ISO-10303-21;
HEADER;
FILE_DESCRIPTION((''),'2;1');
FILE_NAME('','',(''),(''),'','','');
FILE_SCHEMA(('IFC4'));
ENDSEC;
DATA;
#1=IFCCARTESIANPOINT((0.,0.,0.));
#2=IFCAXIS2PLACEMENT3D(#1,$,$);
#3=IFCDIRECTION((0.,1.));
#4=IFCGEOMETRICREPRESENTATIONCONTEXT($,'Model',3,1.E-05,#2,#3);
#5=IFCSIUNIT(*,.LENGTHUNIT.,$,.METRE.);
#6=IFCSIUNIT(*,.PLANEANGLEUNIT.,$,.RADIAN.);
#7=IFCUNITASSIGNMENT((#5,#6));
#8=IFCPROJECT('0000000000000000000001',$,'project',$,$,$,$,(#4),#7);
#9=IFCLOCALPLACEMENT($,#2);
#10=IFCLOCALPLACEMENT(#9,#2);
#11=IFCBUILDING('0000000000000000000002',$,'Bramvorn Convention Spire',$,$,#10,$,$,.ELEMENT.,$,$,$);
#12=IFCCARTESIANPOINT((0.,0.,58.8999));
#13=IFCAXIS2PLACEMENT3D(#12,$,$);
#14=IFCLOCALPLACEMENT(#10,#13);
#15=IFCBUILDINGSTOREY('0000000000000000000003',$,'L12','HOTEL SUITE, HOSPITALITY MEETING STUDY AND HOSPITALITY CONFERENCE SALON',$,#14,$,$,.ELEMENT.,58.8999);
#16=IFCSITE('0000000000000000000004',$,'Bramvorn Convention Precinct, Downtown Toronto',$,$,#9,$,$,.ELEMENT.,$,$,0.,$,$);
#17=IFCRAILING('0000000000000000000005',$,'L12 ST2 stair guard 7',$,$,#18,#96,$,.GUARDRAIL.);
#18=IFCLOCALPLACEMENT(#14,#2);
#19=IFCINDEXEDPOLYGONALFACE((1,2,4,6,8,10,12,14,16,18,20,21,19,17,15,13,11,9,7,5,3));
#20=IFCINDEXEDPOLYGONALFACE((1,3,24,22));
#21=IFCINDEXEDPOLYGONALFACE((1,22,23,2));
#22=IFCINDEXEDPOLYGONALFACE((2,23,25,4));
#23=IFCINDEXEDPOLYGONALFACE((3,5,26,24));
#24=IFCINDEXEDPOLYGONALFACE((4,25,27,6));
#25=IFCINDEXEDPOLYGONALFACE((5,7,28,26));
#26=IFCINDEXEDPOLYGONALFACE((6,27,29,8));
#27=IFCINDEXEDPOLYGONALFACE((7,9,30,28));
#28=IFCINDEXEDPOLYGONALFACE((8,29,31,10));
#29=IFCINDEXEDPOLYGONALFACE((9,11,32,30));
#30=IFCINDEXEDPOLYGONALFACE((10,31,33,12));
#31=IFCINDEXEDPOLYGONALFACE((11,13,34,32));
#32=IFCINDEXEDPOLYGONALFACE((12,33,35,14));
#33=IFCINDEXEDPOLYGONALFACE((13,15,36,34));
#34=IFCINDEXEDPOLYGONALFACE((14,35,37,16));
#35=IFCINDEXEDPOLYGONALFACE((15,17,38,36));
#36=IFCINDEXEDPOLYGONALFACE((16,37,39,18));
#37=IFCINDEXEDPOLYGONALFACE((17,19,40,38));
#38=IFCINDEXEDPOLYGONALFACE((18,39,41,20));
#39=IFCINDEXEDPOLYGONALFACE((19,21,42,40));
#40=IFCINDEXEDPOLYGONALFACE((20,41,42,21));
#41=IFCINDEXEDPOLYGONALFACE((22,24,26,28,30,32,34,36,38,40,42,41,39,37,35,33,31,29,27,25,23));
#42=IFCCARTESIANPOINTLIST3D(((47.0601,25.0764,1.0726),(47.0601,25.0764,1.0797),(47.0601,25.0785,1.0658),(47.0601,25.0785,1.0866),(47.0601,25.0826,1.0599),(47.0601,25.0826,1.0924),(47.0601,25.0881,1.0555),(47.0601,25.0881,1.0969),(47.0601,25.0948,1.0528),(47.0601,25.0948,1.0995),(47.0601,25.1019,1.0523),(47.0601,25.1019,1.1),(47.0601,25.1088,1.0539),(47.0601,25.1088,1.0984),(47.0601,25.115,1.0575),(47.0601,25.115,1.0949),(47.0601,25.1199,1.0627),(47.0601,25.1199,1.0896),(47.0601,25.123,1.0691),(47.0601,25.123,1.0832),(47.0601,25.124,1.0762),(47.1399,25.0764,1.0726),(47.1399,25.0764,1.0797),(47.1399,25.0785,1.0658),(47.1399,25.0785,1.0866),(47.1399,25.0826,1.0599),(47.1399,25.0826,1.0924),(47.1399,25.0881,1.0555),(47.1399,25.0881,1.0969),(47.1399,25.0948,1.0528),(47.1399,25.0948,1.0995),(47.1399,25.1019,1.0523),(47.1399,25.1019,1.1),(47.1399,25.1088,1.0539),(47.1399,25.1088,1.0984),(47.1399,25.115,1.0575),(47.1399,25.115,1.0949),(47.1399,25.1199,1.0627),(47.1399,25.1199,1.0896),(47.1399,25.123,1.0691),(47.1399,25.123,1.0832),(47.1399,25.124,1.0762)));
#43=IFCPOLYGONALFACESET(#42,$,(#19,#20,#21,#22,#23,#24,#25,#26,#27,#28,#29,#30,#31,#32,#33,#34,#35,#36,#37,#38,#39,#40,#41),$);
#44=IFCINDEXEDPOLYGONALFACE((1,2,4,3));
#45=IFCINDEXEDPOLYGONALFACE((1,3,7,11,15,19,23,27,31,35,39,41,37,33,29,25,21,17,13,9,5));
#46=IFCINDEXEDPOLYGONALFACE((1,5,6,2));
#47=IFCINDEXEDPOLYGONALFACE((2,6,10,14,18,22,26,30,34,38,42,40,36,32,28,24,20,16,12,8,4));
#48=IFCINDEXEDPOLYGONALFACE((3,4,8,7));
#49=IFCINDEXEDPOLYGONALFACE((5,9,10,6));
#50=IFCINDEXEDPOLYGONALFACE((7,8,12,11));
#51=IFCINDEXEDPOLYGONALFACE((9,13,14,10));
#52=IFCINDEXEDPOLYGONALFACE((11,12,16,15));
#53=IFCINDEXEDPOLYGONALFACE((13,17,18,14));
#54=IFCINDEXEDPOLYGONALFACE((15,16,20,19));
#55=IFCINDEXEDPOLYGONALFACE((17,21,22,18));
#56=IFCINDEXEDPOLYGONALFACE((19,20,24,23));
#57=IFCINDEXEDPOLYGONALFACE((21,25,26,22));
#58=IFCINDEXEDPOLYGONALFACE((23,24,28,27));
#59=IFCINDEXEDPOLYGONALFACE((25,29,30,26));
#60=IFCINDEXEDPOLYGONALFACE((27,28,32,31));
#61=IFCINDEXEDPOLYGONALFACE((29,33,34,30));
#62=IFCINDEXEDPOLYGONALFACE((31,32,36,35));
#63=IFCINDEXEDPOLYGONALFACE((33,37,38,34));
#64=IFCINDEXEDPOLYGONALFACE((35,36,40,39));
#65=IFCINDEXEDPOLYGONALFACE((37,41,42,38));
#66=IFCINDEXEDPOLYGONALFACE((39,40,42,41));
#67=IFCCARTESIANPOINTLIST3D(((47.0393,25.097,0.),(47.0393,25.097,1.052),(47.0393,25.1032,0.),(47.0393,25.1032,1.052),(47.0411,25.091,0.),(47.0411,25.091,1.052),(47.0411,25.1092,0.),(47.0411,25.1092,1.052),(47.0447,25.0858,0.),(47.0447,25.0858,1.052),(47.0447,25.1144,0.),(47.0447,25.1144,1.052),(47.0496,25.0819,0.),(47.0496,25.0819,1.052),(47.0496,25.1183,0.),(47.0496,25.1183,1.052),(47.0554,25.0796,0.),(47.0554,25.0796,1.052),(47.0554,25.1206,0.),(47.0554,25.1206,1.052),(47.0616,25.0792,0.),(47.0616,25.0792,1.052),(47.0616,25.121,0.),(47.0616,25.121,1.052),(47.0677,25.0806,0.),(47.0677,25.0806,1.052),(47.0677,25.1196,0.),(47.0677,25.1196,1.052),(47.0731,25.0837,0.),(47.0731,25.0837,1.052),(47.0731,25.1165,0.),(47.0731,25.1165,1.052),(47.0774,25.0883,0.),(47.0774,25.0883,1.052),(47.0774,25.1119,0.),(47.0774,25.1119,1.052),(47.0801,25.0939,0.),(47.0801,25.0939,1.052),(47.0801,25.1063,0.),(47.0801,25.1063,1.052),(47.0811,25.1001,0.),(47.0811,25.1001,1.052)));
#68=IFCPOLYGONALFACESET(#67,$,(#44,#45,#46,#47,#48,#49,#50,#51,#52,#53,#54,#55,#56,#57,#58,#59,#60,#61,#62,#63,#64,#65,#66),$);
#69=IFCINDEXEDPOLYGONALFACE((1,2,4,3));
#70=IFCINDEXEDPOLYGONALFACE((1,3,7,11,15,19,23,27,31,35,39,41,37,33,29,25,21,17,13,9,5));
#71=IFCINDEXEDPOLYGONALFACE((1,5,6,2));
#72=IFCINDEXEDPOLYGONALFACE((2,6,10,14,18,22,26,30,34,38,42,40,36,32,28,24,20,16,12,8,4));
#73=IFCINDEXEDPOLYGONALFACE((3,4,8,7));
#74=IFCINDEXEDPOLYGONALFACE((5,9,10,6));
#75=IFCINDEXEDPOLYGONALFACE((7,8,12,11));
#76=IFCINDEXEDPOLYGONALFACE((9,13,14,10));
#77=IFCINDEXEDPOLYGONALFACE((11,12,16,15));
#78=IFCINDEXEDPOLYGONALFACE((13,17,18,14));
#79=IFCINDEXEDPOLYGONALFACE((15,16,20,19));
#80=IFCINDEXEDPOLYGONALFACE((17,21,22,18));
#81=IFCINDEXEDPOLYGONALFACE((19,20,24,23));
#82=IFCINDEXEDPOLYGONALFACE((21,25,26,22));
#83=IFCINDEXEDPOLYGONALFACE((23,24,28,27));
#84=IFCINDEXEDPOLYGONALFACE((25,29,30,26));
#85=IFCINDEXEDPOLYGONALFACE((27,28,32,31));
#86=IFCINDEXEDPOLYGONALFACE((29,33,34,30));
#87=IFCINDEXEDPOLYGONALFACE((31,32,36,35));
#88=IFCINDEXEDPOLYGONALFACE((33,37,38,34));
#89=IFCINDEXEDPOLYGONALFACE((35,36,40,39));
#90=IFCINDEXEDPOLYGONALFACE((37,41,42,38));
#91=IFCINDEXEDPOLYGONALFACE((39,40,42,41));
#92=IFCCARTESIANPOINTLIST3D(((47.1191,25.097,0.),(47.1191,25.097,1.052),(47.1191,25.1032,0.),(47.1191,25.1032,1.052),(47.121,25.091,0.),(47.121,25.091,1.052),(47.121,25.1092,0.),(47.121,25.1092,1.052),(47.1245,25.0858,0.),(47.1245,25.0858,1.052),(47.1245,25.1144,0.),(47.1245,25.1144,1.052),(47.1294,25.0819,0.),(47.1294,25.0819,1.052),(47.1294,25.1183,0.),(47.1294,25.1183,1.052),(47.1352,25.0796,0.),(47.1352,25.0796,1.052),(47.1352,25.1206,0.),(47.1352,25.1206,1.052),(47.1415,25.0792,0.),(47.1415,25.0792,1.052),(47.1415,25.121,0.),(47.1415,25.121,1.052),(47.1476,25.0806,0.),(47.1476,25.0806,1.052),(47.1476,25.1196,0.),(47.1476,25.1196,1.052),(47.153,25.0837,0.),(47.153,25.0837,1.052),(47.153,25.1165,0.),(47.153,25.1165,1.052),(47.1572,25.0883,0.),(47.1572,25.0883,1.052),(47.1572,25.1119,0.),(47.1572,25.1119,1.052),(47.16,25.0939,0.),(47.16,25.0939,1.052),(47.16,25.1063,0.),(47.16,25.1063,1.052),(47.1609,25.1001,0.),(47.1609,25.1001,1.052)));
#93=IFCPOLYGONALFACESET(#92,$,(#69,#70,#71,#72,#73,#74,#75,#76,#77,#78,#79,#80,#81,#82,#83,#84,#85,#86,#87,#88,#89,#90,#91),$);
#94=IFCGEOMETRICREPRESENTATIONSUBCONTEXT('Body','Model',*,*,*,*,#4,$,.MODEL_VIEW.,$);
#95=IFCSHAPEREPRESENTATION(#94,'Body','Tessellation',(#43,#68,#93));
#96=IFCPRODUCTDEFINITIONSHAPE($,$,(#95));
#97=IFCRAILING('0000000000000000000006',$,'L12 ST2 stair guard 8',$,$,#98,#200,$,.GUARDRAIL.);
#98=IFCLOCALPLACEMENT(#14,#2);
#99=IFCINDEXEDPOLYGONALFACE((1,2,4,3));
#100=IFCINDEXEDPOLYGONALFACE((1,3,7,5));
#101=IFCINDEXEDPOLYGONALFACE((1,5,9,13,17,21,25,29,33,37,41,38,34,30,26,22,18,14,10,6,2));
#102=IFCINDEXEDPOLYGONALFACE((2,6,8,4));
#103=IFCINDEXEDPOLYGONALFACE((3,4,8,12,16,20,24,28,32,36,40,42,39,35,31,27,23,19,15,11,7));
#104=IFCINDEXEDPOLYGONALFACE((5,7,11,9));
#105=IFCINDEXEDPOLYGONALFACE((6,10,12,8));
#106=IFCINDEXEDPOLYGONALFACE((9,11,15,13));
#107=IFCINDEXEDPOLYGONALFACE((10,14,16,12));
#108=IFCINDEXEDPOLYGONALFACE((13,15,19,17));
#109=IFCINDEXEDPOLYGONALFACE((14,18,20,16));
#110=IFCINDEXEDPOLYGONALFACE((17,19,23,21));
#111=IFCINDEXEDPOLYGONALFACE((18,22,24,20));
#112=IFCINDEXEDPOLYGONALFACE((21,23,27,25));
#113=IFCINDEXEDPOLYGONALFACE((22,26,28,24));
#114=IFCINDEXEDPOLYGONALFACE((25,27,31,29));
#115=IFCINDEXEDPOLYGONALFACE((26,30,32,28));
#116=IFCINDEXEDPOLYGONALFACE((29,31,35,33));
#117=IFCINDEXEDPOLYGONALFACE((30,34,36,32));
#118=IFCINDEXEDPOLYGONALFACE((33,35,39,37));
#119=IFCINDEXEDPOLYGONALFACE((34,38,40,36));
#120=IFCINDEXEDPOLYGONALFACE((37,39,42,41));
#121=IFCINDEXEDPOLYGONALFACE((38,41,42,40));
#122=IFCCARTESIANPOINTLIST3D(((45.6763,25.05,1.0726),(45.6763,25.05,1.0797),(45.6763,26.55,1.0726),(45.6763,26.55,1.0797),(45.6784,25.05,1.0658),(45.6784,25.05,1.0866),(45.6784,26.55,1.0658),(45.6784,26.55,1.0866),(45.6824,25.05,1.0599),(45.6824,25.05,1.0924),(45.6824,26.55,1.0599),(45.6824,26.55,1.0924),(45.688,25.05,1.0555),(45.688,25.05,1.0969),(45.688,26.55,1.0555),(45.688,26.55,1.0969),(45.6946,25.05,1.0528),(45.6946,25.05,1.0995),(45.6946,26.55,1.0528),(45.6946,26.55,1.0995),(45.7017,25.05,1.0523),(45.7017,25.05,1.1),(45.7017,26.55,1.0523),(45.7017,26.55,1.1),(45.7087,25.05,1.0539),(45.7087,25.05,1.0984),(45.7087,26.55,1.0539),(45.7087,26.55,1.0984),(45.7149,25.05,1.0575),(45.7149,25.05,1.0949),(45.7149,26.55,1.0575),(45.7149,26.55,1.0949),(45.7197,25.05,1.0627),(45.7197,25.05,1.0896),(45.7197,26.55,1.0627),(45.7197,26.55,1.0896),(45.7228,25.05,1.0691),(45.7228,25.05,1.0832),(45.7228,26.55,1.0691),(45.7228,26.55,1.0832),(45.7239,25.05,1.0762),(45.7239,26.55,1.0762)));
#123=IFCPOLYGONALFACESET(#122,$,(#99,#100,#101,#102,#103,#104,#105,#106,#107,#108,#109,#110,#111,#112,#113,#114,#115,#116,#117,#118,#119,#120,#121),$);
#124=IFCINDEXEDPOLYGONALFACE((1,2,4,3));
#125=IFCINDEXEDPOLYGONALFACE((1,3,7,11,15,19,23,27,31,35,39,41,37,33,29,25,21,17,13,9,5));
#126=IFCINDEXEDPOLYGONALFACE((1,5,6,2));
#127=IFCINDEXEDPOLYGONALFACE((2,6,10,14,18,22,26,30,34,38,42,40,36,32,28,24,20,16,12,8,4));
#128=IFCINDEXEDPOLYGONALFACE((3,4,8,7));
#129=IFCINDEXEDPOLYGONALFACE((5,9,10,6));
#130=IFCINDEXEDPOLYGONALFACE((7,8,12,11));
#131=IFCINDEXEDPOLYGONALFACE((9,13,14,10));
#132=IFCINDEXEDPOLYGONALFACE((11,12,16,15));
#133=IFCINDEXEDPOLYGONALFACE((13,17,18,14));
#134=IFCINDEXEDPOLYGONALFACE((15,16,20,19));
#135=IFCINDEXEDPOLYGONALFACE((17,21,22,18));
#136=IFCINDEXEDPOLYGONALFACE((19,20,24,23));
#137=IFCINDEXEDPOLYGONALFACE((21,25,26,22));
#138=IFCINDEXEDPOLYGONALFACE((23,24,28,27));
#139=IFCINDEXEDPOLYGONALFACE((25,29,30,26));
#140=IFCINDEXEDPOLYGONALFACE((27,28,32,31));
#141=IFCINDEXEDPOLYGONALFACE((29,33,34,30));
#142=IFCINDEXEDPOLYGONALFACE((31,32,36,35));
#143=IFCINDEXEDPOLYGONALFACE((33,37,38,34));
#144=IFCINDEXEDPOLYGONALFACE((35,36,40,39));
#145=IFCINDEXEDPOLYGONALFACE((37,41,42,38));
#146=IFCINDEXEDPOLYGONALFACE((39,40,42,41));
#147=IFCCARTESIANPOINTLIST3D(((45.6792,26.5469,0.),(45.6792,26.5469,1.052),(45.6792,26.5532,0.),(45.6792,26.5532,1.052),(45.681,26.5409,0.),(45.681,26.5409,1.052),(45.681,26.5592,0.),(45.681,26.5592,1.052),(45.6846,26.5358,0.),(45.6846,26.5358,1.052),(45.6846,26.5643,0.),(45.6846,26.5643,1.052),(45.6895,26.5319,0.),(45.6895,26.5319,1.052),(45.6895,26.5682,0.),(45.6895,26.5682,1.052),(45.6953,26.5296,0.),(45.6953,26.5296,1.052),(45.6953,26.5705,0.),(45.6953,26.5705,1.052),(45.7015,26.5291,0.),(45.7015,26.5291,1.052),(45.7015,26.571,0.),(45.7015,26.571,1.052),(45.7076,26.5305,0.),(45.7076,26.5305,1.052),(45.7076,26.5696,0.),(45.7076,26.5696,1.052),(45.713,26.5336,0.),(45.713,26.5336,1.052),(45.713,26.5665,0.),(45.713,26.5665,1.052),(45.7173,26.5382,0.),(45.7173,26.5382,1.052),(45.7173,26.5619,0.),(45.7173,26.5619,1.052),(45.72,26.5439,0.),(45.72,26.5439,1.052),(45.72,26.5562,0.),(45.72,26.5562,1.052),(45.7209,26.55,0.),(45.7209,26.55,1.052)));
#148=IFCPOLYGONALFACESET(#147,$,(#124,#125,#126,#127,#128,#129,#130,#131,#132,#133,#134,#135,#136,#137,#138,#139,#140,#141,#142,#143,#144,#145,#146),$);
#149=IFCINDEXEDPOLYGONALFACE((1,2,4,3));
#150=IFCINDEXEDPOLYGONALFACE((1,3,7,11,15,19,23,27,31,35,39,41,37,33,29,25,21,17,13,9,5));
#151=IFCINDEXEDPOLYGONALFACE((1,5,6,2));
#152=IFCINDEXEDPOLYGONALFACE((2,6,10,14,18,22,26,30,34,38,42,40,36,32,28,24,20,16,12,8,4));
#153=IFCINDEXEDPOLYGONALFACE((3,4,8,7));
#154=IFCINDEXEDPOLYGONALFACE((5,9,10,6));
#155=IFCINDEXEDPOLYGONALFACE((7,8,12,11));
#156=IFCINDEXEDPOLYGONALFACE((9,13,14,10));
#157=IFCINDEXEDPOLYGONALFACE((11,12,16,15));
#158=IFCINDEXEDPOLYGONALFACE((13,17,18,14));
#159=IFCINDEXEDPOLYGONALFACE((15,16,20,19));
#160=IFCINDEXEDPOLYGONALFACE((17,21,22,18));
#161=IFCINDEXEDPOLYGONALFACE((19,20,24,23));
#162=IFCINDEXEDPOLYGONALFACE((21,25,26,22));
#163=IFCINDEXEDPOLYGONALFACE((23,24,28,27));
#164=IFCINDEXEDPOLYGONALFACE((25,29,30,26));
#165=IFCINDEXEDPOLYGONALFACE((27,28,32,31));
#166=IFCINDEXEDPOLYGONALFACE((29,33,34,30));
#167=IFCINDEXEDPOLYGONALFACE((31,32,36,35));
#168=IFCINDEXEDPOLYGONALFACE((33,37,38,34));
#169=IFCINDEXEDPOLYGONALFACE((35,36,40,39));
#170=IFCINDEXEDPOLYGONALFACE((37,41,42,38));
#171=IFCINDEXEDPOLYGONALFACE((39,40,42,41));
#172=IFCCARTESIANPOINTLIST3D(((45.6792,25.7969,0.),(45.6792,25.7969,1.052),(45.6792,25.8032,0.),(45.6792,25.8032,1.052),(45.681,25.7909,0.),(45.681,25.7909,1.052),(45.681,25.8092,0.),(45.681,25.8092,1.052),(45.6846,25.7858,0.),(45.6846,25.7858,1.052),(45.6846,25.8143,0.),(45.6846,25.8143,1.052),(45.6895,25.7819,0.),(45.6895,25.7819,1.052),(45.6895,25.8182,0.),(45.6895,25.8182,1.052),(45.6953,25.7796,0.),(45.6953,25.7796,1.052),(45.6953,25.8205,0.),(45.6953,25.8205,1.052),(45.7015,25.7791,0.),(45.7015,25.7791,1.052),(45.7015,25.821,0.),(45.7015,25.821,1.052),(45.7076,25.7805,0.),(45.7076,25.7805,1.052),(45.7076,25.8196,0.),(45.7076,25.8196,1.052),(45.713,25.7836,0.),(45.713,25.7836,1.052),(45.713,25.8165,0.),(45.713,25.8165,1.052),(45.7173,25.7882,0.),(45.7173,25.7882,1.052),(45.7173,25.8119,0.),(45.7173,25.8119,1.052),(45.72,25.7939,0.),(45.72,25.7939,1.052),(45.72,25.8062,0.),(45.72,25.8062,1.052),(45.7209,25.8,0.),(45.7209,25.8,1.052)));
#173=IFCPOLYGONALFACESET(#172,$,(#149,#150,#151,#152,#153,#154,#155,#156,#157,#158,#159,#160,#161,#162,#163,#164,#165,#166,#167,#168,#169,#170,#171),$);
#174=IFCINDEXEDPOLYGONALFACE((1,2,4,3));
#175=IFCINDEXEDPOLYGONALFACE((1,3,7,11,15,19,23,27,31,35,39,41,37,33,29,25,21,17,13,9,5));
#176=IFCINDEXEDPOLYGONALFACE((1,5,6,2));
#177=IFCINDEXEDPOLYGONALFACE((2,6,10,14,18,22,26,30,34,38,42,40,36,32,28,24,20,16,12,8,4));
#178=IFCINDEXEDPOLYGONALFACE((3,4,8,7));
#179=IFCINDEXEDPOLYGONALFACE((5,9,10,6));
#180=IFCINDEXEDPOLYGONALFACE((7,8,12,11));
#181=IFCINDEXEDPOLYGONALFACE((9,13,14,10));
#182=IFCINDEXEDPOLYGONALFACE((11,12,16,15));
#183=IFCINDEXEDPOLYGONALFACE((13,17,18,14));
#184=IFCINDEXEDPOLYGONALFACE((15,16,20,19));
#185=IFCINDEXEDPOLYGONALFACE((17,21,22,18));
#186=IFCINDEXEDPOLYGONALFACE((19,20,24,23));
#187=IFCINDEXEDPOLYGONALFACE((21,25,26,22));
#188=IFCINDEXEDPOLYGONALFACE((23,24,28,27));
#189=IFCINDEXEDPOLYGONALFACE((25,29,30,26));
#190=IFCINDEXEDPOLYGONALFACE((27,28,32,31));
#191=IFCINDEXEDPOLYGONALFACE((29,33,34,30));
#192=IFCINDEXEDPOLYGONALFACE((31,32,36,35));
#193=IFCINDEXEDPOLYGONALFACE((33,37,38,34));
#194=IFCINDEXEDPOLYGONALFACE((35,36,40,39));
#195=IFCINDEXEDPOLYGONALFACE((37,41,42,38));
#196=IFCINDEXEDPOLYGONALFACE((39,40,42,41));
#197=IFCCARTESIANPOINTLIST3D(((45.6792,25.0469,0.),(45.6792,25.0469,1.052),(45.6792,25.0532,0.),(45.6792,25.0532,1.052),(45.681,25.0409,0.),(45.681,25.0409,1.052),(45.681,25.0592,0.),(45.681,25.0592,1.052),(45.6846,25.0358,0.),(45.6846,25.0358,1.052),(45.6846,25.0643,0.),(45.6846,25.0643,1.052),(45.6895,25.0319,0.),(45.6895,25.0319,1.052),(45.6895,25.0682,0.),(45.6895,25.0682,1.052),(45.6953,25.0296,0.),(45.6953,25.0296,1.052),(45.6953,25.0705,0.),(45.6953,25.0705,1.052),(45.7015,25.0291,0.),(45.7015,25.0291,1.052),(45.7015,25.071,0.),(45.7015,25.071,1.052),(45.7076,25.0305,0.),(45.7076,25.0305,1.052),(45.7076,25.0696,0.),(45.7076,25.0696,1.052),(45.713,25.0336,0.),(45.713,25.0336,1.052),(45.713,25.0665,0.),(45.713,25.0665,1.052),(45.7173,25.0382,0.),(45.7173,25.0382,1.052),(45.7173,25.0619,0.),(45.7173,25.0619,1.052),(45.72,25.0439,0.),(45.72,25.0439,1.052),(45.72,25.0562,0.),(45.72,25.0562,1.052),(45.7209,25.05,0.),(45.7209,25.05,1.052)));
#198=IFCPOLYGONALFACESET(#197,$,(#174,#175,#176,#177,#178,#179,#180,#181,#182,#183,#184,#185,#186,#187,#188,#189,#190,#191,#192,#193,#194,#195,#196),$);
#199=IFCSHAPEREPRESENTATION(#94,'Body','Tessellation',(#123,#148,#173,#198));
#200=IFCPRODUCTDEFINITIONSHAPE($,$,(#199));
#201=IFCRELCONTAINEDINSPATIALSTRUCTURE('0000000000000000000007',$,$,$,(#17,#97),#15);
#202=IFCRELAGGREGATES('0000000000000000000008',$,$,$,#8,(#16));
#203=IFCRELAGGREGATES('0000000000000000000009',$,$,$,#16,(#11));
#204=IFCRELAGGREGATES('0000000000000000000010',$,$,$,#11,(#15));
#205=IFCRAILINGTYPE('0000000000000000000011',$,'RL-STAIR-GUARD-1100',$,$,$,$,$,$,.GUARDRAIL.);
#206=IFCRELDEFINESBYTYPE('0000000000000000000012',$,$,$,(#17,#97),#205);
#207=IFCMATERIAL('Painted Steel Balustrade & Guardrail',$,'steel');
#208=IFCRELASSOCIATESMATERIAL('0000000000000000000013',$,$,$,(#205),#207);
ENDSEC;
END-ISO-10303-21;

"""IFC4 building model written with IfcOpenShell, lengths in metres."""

from ifc_helpers import new_model, si_unit, direction, frame, origin, origin_2d, place, context, subcontext, project, spatial, circle, extrude, material, type_object, element, save


model = new_model("IFC4")

# Units and contexts
model_context = context("Model", 3, precision=1e-05, world=origin(), true_north=direction((0.0, 1.0)))
body_context = subcontext(model_context, "Body", "Model", "MODEL_VIEW")
ifc_project = project(units=[si_unit("LENGTHUNIT", "METRE"), si_unit("PLANEANGLEUNIT", "RADIAN")], contexts=[model_context])

# Site, building, storey
site_placement = place(None, origin())
site = spatial("IfcSite", under=ifc_project, at=site_placement, Name="Bramvorn Convention Precinct, Downtown Toronto", CompositionType="ELEMENT", RefElevation=0.0)
building_placement = place(site_placement, origin())
building = spatial("IfcBuilding", under=site, at=building_placement, Name="Bramvorn Convention Spire", CompositionType="ELEMENT")
storey_placement = place(building_placement, frame((0.0, 0.0, 58.8999)))
storey = spatial("IfcBuildingStorey", under=building, at=storey_placement, Name="L12", Description="HOTEL SUITE, HOSPITALITY MEETING STUDY AND HOSPITALITY CONFERENCE SALON", CompositionType="ELEMENT", Elevation=58.8999)

# Railings
ifc_material_1 = material(Name="Painted Steel Balustrade & Guardrail", Category="steel")
railing_type_1 = type_object("IfcRailingType", Name="RL-STAIR-GUARD-1100", PredefinedType="GUARDRAIL", material=ifc_material_1)
railing_1_placement = place(storey_placement, frame((47.0601, 25.1001, 0.0)))
element("IfcRailing", 1, at=railing_1_placement, inside=storey, type_object=railing_type_1, Name="L12 ST2 stair guard 7", PredefinedType="GUARDRAIL", context=body_context, shape_type="SweptSolid", body=[
    extrude(circle(Radius=0.0239, at=origin_2d()), frame((0.0, 0.0, 1.0762), z_axis=(1.0, 0.0, 0.0), x_axis=(0.0, 1.0, 0.0)), (0.0, 0.0, 1.0), 0.0798),
    extrude(circle(Radius=0.021, at=origin_2d()), origin(), (0.0, 0.0, 1.0), 1.052),
    extrude(circle(Radius=0.021, at=origin_2d()), frame((0.0798, 0.0, 0.0)), (0.0, 0.0, 1.0), 1.052),
])
for number, where, name in (
    (2, (45.7, 26.55, 0.0), "L12 ST2 stair guard 8"),
):
    element("IfcRailing", number, at=place(storey_placement, frame(where)), inside=storey, type_object=railing_type_1, Name=name, PredefinedType="GUARDRAIL", context=body_context, shape_type="SweptSolid", body=[
        extrude(circle(Radius=0.0239, at=origin_2d()), frame((0.0, 0.0, 1.0762), z_axis=(0.0, -1.0, 0.0), x_axis=(1.0, 0.0, 0.0)), (0.0, 0.0, 1.0), 1.5),
        extrude(circle(Radius=0.021, at=origin_2d()), origin(), (0.0, 0.0, 1.0), 1.052),
        extrude(circle(Radius=0.021, at=origin_2d()), frame((0.0, -0.75, 0.0)), (0.0, 0.0, 1.0), 1.052),
        extrude(circle(Radius=0.021, at=origin_2d()), frame((0.0, -1.5, 0.0)), (0.0, 0.0, 1.0), 1.052),
    ])

save(model, "model.ifc")
